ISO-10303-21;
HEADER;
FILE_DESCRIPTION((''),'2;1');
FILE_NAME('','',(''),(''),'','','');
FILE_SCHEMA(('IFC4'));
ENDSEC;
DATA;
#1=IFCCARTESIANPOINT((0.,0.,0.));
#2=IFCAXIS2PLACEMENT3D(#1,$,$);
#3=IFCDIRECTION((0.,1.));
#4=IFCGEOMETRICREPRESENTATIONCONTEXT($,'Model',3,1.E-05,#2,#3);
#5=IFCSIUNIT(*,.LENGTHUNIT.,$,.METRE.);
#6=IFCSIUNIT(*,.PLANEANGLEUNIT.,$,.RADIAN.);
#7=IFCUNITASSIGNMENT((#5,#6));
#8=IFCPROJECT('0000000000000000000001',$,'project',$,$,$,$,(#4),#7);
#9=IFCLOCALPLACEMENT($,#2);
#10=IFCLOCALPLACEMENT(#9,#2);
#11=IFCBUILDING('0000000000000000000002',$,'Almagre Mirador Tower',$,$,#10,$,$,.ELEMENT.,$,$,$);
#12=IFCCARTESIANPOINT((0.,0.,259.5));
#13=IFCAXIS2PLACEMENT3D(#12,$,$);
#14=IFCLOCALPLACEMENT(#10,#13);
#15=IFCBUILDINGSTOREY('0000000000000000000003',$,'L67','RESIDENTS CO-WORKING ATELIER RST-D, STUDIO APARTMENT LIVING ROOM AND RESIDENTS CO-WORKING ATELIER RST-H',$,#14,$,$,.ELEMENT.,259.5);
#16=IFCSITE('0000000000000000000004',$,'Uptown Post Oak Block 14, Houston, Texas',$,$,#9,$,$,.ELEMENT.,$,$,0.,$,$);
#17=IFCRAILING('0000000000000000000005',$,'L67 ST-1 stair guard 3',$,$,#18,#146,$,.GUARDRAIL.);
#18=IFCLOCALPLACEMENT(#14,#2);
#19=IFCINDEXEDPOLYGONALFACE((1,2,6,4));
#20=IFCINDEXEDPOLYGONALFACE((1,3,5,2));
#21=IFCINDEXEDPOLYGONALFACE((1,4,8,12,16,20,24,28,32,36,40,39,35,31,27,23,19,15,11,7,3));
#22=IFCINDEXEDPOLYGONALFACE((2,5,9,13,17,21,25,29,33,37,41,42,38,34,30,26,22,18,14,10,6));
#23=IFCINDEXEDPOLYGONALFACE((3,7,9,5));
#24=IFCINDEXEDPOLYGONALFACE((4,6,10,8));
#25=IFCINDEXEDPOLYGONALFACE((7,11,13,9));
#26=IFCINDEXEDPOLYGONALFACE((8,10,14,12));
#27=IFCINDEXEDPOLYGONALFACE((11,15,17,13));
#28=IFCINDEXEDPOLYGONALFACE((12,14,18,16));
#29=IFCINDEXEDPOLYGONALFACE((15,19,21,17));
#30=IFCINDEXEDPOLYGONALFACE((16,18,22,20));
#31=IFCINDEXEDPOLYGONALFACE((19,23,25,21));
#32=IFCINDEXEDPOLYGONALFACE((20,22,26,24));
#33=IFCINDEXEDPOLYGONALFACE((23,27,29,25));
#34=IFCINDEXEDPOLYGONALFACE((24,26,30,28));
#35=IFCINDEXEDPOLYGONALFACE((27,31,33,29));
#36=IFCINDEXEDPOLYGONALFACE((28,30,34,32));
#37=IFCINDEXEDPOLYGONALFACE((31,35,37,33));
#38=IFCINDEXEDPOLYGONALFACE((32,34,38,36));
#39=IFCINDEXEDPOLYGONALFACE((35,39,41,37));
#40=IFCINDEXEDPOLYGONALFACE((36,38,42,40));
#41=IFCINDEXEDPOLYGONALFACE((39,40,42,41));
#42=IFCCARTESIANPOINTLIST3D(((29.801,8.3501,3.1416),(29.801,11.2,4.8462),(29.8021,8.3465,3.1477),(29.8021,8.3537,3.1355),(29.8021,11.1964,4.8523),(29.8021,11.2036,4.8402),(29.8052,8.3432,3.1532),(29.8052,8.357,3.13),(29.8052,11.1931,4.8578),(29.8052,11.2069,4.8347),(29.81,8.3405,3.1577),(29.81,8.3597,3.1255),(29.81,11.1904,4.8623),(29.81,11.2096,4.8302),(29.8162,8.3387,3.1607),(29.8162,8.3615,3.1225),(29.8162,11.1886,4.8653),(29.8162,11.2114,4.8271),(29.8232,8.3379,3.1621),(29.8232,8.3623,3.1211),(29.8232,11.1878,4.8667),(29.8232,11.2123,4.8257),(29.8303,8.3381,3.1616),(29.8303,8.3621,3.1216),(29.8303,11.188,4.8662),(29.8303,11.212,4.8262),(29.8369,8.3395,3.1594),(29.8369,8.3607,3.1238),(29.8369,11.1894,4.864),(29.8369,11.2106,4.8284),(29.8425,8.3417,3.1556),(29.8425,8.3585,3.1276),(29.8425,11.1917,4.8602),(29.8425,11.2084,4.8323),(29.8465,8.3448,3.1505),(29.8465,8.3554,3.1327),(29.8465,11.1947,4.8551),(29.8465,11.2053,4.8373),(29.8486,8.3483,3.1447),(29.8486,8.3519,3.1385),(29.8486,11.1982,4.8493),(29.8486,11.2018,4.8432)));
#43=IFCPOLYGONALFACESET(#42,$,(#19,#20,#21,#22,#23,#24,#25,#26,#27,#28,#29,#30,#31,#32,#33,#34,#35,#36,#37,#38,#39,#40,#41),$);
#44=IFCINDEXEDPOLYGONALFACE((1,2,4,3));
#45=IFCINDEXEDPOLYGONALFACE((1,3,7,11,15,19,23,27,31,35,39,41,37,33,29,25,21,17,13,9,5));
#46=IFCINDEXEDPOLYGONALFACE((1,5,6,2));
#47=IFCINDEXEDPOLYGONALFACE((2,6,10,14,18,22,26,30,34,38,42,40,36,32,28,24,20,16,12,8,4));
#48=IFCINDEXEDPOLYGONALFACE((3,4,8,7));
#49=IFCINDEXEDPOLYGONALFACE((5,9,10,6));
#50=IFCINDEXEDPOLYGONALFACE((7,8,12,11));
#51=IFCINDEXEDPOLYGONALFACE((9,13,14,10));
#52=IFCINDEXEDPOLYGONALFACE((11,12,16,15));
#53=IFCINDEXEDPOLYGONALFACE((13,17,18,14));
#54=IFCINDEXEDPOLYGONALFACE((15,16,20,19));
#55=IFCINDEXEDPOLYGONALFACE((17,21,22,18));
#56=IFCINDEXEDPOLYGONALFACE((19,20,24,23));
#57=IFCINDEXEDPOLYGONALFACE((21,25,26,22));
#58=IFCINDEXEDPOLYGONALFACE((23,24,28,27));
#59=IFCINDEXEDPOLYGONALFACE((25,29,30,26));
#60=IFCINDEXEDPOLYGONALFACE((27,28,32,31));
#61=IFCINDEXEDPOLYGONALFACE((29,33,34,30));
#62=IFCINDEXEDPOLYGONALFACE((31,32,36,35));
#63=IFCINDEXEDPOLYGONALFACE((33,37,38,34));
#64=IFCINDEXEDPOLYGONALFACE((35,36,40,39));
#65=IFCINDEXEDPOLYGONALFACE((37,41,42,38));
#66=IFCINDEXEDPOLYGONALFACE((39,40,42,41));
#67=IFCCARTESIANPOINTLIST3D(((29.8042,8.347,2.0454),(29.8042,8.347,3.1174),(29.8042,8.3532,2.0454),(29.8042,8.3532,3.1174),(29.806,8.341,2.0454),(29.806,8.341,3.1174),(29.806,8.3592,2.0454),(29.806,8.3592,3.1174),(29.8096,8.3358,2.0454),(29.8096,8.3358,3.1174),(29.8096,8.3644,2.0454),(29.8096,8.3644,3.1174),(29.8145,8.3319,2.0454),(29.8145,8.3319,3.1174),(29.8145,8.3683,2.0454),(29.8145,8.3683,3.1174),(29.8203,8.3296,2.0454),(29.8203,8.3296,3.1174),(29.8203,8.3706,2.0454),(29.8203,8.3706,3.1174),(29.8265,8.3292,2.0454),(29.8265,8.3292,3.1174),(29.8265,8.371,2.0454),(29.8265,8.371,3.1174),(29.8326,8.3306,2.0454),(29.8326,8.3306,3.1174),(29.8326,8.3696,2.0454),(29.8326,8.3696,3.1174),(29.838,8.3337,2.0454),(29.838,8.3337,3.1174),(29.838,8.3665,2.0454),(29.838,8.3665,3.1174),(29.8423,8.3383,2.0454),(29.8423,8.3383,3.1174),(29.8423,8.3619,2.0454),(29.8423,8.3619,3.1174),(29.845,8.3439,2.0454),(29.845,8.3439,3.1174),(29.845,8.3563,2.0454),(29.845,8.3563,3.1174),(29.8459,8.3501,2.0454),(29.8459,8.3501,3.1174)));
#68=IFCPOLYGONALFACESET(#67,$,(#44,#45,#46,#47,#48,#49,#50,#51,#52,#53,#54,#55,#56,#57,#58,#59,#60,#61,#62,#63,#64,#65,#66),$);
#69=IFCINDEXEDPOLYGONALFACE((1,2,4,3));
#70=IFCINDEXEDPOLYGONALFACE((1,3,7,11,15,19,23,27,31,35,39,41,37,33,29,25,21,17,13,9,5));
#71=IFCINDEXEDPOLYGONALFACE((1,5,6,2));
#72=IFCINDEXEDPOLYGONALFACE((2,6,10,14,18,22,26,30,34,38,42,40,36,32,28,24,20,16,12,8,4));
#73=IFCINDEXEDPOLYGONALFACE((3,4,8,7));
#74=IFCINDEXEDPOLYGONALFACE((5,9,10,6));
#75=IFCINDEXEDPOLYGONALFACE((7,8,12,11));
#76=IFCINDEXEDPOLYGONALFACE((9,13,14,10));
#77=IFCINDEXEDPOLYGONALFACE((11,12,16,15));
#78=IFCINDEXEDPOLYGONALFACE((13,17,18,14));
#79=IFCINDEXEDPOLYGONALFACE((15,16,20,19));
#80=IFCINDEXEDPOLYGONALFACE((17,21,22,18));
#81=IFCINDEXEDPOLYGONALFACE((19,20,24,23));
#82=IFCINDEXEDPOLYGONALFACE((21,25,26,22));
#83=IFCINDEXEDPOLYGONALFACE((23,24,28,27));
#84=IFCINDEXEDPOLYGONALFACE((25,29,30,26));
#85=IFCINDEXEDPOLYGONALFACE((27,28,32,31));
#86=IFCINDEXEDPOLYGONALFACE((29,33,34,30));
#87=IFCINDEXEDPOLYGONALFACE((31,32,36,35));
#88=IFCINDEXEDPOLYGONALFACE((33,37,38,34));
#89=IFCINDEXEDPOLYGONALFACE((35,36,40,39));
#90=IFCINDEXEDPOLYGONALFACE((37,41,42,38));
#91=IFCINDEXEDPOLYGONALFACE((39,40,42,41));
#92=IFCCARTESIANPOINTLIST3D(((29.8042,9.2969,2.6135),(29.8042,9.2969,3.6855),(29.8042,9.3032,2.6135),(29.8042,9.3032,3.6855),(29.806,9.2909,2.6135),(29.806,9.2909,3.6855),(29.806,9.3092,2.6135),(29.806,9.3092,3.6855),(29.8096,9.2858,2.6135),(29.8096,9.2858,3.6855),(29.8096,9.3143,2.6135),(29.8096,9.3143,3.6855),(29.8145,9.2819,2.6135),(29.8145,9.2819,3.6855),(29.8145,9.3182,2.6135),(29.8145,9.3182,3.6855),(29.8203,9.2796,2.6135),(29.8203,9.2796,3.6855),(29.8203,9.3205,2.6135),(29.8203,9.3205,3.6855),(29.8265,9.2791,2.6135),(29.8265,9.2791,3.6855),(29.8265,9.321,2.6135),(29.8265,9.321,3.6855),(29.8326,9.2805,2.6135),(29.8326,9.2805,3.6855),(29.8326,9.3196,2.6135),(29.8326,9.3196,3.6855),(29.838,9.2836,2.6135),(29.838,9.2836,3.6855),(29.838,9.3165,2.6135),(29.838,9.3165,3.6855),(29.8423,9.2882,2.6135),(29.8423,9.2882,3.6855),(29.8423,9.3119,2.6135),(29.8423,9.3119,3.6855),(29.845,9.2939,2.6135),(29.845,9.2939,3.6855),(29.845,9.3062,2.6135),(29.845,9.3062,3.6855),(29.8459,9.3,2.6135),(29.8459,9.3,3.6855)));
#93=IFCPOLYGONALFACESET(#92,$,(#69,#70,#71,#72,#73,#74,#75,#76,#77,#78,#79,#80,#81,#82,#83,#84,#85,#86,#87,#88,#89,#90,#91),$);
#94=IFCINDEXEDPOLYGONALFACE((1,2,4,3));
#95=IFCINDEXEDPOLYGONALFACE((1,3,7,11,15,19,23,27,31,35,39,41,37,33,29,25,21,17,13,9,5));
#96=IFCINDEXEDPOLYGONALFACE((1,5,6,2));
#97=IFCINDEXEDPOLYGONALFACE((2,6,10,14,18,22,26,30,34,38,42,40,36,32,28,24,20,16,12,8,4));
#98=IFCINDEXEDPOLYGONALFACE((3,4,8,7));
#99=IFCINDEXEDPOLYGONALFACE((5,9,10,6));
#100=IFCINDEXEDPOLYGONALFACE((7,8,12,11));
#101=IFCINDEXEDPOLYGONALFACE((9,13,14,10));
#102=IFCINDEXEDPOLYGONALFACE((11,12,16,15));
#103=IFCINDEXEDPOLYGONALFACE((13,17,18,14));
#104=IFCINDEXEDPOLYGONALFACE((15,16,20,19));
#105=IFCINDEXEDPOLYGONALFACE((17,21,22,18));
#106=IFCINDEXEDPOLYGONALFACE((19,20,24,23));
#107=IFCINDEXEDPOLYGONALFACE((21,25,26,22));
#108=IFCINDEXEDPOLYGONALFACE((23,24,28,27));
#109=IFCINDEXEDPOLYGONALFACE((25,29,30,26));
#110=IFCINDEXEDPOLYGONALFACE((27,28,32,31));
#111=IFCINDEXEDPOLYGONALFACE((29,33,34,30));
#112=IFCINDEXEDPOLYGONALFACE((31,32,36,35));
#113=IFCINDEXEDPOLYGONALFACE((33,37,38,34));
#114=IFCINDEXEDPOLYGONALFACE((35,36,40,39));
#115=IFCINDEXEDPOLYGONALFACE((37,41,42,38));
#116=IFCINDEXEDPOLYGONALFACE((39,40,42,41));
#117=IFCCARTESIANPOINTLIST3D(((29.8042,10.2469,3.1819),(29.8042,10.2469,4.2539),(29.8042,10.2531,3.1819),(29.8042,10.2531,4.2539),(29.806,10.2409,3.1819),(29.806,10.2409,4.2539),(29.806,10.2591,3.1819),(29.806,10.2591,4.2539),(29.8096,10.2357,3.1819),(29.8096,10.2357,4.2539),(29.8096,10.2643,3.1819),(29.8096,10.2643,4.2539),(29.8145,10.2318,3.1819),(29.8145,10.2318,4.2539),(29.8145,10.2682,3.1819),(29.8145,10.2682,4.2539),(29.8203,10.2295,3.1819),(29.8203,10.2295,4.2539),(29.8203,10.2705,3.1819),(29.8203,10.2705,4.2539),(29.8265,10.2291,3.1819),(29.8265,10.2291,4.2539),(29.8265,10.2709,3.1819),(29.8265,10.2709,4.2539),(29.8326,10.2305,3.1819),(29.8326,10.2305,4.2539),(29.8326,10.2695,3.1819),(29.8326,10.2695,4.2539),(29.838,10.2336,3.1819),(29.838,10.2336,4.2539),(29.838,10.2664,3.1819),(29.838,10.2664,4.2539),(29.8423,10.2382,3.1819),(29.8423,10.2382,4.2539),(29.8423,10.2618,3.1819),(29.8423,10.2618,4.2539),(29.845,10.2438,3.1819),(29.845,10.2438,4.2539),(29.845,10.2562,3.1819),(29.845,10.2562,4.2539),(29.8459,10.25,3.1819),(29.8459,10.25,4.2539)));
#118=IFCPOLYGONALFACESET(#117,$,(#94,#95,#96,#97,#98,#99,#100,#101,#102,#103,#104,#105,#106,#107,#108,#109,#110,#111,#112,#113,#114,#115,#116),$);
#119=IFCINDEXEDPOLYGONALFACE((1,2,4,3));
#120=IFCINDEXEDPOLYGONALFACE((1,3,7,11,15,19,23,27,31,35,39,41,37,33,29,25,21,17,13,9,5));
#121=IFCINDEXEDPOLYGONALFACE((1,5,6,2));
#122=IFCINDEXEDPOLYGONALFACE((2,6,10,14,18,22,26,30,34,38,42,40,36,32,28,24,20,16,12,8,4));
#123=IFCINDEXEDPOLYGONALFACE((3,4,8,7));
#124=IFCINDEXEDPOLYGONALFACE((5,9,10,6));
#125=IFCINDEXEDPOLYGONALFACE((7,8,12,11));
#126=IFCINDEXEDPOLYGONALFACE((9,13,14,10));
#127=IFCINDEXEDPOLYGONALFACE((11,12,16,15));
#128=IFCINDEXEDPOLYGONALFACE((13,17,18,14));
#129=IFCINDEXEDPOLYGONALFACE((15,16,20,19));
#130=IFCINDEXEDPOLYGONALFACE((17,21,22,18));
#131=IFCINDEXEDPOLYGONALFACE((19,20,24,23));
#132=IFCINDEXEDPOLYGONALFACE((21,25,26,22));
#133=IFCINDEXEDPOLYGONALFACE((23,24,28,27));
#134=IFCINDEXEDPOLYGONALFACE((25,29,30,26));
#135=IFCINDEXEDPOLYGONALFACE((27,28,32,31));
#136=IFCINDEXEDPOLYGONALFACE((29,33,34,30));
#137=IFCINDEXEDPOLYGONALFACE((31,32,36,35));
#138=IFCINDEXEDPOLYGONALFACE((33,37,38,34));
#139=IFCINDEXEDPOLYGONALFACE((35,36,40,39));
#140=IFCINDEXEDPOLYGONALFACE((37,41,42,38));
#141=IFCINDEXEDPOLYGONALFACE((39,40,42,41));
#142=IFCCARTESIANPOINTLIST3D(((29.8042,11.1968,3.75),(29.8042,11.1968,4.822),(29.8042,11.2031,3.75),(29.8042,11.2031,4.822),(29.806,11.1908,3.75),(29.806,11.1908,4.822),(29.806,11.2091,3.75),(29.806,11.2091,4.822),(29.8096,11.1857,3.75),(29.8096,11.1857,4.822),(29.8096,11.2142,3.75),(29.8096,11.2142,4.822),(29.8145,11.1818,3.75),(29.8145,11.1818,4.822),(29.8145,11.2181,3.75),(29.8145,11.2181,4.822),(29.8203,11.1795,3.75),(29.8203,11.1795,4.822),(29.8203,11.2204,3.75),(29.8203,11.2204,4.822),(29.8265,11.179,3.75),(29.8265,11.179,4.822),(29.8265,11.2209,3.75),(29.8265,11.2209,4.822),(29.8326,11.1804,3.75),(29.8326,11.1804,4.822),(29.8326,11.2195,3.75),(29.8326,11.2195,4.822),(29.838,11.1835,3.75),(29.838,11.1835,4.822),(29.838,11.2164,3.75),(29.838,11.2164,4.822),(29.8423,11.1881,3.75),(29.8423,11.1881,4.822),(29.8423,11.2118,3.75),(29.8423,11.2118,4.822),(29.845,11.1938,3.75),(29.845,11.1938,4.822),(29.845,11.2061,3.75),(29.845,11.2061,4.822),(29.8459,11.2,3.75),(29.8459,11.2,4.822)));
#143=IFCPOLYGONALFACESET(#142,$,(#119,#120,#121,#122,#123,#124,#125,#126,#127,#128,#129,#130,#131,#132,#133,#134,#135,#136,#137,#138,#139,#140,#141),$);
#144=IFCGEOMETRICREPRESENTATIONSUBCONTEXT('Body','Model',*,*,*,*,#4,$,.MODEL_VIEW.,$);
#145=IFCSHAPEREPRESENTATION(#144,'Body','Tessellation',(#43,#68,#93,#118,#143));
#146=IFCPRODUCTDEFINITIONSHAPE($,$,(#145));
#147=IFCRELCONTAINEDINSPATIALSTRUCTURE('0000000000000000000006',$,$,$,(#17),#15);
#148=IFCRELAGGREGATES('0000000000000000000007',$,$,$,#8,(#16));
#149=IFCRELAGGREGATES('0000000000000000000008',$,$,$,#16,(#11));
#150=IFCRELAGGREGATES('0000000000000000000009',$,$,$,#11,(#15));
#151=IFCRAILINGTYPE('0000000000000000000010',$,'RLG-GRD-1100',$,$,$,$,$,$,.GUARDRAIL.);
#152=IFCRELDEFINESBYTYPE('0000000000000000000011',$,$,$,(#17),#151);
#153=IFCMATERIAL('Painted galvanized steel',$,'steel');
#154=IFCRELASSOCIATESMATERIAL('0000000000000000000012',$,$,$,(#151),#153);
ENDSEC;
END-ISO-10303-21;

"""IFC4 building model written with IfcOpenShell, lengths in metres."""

from ifc_helpers import new_model, si_unit, direction, frame, origin, origin_2d, place, context, subcontext, project, spatial, circle, extrude, material, type_object, element, save


model = new_model("IFC4")

# Units and contexts
model_context = context("Model", 3, precision=1e-05, world=origin(), true_north=direction((0.0, 1.0)))
body_context = subcontext(model_context, "Body", "Model", "MODEL_VIEW")
ifc_project = project(units=[si_unit("LENGTHUNIT", "METRE"), si_unit("PLANEANGLEUNIT", "RADIAN")], contexts=[model_context])

# Site, building, storey
site_placement = place(None, origin())
site = spatial("IfcSite", under=ifc_project, at=site_placement, Name="Uptown Post Oak Block 14, Houston, Texas", CompositionType="ELEMENT", RefElevation=0.0)
building_placement = place(site_placement, origin())
building = spatial("IfcBuilding", under=site, at=building_placement, Name="Almagre Mirador Tower", CompositionType="ELEMENT")
storey_placement = place(building_placement, frame((0.0, 0.0, 259.5)))
storey = spatial("IfcBuildingStorey", under=building, at=storey_placement, Name="L67", Description="RESIDENTS CO-WORKING ATELIER RST-D, STUDIO APARTMENT LIVING ROOM AND RESIDENTS CO-WORKING ATELIER RST-H", CompositionType="ELEMENT", Elevation=259.5)

# Railing
ifc_material_1 = material(Name="Painted galvanized steel", Category="steel")
railing_type_1 = type_object("IfcRailingType", Name="RLG-GRD-1100", PredefinedType="GUARDRAIL", material=ifc_material_1)
railing_1_placement = place(storey_placement, frame((29.825, 8.3501, 2.0454)))
element("IfcRailing", 1, at=railing_1_placement, inside=storey, type_object=railing_type_1, Name="L67 ST-1 stair guard 3", PredefinedType="GUARDRAIL", context=body_context, shape_type="SweptSolid", body=[
    extrude(circle(Radius=0.0239, at=origin_2d()), frame((0.0, 0.0, 1.0962), z_axis=(0.0, 0.858199, 0.513317), x_axis=(-1.0, 0.0, 0.0)), (0.0, 0.0, 1.0), 3.3208),
    extrude(circle(Radius=0.021, at=origin_2d()), origin(), (0.0, 0.0, 1.0), 1.072),
    extrude(circle(Radius=0.021, at=origin_2d()), frame((0.0, 0.95, 0.5681)), (0.0, 0.0, 1.0), 1.072),
    extrude(circle(Radius=0.021, at=origin_2d()), frame((0.0, 1.8999, 1.1365)), (0.0, 0.0, 1.0), 1.072),
    extrude(circle(Radius=0.021, at=origin_2d()), frame((0.0, 2.8499, 1.7046)), (0.0, 0.0, 1.0), 1.072),
])

save(model, "model.ifc")
